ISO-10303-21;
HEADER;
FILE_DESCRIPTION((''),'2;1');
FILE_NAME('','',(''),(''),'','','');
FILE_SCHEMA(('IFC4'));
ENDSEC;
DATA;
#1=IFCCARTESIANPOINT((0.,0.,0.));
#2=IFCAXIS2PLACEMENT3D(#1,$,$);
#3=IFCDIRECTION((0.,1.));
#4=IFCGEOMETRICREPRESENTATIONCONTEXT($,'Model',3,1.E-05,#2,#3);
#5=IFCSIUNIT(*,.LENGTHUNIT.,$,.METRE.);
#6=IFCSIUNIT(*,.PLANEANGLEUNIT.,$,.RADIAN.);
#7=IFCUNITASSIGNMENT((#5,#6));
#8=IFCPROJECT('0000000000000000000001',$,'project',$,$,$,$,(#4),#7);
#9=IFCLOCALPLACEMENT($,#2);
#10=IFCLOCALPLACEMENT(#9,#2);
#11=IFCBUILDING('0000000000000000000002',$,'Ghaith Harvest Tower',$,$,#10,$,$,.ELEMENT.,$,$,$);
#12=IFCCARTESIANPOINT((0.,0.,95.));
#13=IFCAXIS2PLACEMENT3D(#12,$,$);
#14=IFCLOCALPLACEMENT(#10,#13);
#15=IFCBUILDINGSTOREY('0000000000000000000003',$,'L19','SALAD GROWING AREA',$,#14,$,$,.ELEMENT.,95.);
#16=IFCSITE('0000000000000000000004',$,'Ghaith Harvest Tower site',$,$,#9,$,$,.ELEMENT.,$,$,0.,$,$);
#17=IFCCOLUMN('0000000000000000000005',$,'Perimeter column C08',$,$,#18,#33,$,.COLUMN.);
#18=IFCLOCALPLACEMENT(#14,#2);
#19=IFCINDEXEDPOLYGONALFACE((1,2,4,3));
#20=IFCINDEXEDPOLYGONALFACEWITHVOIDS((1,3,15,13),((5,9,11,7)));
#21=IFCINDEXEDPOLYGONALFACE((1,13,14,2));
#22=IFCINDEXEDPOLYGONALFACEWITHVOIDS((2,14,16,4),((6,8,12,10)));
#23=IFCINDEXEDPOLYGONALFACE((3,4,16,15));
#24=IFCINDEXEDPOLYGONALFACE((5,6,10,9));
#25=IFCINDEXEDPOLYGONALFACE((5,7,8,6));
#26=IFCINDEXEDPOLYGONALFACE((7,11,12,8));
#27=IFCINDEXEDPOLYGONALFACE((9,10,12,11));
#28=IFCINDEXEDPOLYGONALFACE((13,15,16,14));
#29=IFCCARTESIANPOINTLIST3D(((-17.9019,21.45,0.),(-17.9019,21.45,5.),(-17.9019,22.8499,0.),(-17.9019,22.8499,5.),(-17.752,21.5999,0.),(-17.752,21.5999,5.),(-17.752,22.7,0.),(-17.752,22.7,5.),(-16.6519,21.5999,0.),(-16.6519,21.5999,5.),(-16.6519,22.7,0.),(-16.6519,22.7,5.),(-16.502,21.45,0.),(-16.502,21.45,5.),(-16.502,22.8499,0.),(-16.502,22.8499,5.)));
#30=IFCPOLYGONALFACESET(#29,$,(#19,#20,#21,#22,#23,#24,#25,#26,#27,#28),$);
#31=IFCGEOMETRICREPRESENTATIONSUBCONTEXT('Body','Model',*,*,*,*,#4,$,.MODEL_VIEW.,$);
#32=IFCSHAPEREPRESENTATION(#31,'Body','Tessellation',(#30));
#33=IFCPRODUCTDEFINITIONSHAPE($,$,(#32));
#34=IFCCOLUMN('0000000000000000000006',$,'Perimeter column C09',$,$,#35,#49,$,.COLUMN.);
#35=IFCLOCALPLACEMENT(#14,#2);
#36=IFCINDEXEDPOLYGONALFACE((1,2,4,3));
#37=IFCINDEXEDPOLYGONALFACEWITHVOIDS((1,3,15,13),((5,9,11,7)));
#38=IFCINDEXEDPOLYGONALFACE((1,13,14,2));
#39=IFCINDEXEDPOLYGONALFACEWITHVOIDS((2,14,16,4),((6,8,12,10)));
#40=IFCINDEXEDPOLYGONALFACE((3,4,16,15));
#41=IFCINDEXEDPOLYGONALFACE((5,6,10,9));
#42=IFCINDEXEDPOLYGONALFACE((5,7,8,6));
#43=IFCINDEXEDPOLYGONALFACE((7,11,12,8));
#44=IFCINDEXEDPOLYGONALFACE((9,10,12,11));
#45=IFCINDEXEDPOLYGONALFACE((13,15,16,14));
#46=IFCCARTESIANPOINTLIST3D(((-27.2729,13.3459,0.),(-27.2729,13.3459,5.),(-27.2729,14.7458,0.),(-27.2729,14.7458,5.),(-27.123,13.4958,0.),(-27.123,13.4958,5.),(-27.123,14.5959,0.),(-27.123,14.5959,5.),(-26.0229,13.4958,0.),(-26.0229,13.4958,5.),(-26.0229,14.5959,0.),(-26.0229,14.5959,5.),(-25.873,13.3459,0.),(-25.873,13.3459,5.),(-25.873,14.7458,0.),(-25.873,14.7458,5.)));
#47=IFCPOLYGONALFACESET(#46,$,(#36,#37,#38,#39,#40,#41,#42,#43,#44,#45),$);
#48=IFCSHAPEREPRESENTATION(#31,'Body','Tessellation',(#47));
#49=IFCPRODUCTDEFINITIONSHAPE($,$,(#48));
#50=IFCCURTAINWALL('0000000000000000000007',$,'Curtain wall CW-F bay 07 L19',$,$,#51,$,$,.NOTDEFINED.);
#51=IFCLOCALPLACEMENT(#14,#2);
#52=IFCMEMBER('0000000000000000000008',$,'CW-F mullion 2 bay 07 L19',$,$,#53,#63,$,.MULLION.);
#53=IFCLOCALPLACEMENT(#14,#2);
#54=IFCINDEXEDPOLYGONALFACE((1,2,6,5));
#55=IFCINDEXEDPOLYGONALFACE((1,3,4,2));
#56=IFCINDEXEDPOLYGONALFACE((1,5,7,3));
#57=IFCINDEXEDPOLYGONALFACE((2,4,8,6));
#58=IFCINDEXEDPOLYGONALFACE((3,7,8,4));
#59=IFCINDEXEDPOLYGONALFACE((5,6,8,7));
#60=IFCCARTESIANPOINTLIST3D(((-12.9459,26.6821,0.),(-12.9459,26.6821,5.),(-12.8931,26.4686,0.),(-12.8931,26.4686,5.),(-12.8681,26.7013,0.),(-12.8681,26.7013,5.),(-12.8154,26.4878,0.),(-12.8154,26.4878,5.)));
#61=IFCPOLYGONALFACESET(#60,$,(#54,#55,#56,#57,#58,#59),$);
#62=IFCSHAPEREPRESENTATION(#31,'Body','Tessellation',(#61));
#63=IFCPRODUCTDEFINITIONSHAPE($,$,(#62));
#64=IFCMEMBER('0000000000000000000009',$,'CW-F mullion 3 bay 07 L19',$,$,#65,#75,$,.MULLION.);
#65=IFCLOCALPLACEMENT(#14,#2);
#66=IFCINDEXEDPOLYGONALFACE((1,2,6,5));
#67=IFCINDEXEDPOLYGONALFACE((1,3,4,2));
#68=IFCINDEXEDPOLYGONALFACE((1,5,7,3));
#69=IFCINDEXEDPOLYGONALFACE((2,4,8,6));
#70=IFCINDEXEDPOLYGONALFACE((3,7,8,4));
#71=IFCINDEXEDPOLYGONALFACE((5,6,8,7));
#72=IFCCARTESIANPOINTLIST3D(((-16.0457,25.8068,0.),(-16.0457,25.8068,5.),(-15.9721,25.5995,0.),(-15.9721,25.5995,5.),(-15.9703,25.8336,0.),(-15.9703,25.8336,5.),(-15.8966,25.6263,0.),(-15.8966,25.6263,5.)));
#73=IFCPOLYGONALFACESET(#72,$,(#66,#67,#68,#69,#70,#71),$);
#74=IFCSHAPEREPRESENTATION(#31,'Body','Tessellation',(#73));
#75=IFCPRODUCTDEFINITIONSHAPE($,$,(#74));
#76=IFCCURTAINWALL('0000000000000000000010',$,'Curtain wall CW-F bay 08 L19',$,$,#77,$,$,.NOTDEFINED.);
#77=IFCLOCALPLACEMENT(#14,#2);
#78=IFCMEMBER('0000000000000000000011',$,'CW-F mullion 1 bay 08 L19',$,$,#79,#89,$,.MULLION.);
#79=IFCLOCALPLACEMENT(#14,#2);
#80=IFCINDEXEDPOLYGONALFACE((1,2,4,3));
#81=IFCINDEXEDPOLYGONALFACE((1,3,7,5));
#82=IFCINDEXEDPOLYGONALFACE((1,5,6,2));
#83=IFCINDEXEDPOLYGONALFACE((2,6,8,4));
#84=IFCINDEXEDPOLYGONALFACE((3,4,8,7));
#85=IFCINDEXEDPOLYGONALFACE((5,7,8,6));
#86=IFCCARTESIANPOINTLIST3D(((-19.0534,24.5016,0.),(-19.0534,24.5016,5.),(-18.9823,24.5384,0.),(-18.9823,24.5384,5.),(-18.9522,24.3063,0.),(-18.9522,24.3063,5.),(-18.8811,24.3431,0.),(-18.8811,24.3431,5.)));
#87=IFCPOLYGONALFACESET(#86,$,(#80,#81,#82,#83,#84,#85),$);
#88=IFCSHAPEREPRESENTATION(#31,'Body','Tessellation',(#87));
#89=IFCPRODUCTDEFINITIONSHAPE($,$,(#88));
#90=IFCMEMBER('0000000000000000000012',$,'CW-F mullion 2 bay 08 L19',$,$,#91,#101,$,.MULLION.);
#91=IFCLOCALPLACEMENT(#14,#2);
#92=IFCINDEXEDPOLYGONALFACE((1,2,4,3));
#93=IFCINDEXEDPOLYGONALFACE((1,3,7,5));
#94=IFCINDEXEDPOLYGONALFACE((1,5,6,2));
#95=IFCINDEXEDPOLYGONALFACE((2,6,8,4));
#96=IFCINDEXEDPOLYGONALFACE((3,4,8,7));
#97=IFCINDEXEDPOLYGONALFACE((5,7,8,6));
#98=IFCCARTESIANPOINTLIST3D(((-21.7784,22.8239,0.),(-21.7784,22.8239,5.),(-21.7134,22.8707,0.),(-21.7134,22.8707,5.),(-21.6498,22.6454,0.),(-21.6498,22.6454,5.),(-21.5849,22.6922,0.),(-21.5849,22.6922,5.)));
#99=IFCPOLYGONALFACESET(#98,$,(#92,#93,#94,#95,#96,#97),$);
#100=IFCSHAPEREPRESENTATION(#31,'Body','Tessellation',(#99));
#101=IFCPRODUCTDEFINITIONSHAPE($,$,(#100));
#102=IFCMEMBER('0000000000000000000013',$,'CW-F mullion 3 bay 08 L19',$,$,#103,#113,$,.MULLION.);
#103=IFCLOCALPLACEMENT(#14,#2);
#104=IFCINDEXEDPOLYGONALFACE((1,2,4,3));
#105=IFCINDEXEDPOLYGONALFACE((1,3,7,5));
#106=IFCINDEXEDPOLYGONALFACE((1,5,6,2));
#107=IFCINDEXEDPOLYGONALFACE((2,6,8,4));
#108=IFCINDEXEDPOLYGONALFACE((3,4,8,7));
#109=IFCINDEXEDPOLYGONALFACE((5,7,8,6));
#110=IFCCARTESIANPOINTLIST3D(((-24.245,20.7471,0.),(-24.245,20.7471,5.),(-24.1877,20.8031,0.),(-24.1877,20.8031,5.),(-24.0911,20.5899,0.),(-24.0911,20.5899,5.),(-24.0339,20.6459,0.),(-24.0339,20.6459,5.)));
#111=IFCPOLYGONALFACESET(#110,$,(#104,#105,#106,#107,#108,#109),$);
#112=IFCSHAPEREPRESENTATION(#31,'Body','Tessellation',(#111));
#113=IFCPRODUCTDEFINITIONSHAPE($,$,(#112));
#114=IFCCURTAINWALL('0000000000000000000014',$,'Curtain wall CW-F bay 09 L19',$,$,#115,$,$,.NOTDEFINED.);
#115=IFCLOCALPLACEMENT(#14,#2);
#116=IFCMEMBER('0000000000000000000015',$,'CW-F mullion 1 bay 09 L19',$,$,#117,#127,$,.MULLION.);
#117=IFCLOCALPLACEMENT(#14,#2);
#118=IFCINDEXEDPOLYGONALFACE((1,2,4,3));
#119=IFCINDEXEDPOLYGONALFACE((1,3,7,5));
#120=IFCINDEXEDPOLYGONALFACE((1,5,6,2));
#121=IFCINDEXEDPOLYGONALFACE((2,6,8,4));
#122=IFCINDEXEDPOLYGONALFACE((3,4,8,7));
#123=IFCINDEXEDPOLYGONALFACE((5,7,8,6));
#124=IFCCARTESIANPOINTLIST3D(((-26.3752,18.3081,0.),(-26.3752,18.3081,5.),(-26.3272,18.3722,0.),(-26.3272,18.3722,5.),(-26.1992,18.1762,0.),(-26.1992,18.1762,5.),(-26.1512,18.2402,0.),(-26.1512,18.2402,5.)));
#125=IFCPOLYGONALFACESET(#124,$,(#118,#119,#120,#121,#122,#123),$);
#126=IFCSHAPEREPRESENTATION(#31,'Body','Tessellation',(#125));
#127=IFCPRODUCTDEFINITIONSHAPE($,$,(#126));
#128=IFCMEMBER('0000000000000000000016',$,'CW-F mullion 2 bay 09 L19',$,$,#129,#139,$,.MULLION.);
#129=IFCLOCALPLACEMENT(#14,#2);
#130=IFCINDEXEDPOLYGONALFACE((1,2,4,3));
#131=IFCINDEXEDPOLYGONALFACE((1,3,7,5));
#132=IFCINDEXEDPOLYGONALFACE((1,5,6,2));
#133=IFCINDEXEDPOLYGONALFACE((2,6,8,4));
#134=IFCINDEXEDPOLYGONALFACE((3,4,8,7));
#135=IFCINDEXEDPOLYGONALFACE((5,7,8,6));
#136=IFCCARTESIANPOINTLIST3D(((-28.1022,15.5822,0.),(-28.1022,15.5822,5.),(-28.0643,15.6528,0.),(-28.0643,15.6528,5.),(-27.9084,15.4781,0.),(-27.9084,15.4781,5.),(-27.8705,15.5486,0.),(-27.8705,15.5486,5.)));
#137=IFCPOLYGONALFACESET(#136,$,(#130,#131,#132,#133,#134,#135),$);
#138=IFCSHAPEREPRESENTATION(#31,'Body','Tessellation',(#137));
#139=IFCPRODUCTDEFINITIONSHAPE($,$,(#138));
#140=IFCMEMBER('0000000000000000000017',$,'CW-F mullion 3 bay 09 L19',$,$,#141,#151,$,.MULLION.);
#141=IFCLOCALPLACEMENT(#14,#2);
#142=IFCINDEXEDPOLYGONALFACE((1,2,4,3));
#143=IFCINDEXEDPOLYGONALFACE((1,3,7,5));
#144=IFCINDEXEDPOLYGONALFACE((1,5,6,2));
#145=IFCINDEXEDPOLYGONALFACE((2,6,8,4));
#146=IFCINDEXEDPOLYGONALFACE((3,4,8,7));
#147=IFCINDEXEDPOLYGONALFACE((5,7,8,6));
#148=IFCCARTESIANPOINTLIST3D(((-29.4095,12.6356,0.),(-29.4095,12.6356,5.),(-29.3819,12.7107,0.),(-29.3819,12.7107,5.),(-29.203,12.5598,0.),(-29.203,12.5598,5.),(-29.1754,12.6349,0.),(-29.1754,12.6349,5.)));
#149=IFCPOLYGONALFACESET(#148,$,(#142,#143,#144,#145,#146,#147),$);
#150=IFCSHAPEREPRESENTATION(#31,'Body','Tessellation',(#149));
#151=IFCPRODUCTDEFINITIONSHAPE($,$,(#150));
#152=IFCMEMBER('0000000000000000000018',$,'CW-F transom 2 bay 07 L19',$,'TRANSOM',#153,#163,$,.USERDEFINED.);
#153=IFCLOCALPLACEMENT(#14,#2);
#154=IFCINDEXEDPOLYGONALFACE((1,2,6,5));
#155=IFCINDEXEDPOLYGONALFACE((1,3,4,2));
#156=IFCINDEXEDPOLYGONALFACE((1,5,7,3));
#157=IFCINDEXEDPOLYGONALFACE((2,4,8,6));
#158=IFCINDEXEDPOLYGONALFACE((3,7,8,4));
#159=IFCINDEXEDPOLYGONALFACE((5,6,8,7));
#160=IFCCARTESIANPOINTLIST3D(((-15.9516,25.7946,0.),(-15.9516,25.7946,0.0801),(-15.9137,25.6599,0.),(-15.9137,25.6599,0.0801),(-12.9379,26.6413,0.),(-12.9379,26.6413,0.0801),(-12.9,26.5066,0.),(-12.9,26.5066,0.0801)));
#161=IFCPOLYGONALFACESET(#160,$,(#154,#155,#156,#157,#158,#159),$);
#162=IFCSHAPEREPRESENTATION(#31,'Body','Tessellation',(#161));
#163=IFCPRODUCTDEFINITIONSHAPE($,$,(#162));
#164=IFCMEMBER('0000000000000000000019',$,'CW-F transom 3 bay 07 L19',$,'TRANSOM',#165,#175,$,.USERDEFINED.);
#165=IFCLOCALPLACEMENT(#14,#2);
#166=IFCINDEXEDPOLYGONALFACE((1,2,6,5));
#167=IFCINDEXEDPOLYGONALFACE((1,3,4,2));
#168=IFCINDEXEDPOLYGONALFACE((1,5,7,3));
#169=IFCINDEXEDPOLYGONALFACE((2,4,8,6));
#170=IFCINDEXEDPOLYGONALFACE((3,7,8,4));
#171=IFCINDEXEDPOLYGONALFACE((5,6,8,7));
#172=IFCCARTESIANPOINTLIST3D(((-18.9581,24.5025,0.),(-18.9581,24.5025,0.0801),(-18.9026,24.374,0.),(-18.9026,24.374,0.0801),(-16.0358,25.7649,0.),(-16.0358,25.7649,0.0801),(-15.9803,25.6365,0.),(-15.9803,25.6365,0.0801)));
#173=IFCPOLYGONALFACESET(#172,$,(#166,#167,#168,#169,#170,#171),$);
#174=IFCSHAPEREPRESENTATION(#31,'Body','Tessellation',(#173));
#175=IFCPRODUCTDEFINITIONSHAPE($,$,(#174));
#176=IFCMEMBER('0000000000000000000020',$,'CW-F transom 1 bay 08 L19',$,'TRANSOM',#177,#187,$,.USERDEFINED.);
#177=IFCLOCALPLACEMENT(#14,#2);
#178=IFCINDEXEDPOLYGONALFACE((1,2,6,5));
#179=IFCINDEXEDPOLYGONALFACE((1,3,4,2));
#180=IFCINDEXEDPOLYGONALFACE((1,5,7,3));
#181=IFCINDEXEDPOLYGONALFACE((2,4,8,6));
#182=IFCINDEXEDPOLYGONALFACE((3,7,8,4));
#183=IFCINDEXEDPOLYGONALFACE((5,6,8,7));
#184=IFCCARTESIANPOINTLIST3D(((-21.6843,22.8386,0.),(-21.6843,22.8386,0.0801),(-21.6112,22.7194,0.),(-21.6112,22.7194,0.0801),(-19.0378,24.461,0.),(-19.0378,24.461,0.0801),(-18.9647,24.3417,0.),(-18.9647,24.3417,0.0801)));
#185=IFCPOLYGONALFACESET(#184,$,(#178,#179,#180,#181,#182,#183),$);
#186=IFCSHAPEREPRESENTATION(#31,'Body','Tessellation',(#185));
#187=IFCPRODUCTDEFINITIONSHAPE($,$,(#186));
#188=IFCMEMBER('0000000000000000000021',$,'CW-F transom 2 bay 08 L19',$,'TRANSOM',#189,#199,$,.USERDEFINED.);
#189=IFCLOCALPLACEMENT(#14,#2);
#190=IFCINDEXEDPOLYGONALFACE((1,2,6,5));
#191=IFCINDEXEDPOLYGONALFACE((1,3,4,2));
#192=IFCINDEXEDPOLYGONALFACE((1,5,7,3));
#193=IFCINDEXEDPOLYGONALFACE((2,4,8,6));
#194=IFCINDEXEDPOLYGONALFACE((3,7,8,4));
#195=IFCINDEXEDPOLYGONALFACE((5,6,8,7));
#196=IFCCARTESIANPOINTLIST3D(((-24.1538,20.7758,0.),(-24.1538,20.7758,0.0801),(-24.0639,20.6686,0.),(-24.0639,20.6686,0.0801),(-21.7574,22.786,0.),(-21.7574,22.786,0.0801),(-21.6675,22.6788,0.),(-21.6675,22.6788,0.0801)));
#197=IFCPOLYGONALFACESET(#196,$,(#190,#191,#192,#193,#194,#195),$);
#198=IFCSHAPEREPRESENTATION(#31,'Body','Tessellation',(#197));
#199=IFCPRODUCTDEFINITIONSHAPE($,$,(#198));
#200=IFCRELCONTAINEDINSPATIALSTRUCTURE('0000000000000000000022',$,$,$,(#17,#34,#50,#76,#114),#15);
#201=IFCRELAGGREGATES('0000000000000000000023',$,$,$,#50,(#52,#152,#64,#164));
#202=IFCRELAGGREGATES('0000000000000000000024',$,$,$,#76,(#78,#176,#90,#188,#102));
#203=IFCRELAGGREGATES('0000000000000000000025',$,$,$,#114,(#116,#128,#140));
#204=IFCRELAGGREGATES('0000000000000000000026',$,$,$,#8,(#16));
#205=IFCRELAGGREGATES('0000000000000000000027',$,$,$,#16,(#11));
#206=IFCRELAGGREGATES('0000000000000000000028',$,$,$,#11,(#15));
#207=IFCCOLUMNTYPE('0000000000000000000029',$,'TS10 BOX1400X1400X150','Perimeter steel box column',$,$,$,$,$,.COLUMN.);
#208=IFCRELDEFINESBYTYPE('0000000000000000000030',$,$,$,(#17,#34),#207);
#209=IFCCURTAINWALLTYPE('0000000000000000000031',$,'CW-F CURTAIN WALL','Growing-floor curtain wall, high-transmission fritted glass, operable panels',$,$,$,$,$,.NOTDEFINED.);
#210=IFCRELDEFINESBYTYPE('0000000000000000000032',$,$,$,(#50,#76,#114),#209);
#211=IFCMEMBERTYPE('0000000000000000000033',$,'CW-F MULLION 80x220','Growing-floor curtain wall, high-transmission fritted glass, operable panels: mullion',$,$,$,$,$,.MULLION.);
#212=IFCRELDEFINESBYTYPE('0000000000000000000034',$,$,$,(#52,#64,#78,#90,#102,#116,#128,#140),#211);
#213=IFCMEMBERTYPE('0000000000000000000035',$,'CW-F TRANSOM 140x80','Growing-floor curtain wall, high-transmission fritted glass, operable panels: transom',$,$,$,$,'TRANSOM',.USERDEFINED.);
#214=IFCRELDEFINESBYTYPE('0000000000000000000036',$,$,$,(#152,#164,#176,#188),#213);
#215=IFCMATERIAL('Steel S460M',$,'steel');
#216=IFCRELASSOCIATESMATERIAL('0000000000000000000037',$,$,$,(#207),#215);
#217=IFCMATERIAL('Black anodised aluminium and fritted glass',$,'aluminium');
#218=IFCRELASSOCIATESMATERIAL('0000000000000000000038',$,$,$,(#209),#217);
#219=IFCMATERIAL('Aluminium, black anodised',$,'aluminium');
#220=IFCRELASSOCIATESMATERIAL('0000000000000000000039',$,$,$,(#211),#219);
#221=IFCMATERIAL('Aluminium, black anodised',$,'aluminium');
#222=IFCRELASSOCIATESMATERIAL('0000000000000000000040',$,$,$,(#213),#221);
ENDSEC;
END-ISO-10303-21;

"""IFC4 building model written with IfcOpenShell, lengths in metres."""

from ifc_helpers import new_model, si_unit, direction, frame, origin, origin_2d, place, context, subcontext, project, spatial, rectangle, hollow_rectangle, extrude, material, material_profile, profile_set, type_object, element, aggregate, save


model = new_model("IFC4")

# Units and contexts
model_context = context("Model", 3, precision=1e-05, world=origin(), true_north=direction((0.0, 1.0)))
body_context = subcontext(model_context, "Body", "Model", "MODEL_VIEW")
ifc_project = project(units=[si_unit("LENGTHUNIT", "METRE"), si_unit("PLANEANGLEUNIT", "RADIAN")], contexts=[model_context])

# Site, building, storey
site_placement = place(None, origin())
site = spatial("IfcSite", under=ifc_project, at=site_placement, Name="Ghaith Harvest Tower site", CompositionType="ELEMENT", RefElevation=0.0)
building_placement = place(site_placement, origin())
building = spatial("IfcBuilding", under=site, at=building_placement, Name="Ghaith Harvest Tower", CompositionType="ELEMENT")
storey_placement = place(building_placement, frame((0.0, 0.0, 95.0)))
storey = spatial("IfcBuildingStorey", under=building, at=storey_placement, Name="L19", Description="SALAD GROWING AREA", CompositionType="ELEMENT", Elevation=95.0)

# Columns
ifc_material_1 = material(Name="Steel S460M", Category="steel")
ifc_material_profile_1 = material_profile(ifc_material_1, hollow_rectangle(XDim=1.3999, YDim=1.3999, WallThickness=0.1499, at=origin_2d()), Name="BOX1400X1400X150")
ifc_profile_set_1 = profile_set([ifc_material_profile_1], Name="Steel S460M")
column_type = type_object("IfcColumnType", Name="TS10 BOX1400X1400X150", Description="Perimeter steel box column", PredefinedType="COLUMN", material=ifc_profile_set_1)
for number, where, z_axis, x_axis, name in (
    (1, (-17.2019, 22.1499, 0.0), (0.0, 0.0, 1.0), (1.0, 0.0, 0.0), "Perimeter column C08"),
    (2, (-26.573, 14.0459, 0.0), (0.0, 0.0, 1.0), (1.0, 0.0, 0.0), "Perimeter column C09"),
):
    element("IfcColumn", number, at=place(storey_placement, frame(where, z_axis=z_axis, x_axis=x_axis)), inside=storey, type_object=column_type, Name=name, PredefinedType="COLUMN", context=body_context, shape_type="SweptSolid", body=[
        extrude(hollow_rectangle(XDim=1.3999, YDim=1.3999, WallThickness=0.1499, at=origin_2d()), origin(), (0.0, 0.0, 1.0), 5.0),
    ])

# Curtain walls, members
ifc_material_2 = material(Name="Black anodised aluminium and fritted glass", Category="aluminium")
curtain_wall_type = type_object("IfcCurtainWallType", Name="CW-F CURTAIN WALL", Description="Growing-floor curtain wall, high-transmission fritted glass, operable panels", PredefinedType="NOTDEFINED", material=ifc_material_2)
curtain_wall_1_placement = place(storey_placement, origin())
curtain_wall_1 = element("IfcCurtainWall", 3, at=curtain_wall_1_placement, inside=storey, type_object=curtain_wall_type, Name="Curtain wall CW-F bay 07 L19", PredefinedType="NOTDEFINED")
ifc_material_3 = material(Name="Aluminium, black anodised", Category="aluminium")
ifc_material_profile_2 = material_profile(ifc_material_3, rectangle(XDim=0.0801, YDim=0.22, at=origin_2d()), Name="CW-F MULLION 80x220")
ifc_profile_set_2 = profile_set([ifc_material_profile_2], Name="Aluminium, black anodised")
member_type_1 = type_object("IfcMemberType", Name="CW-F MULLION 80x220", Description="Growing-floor curtain wall, high-transmission fritted glass, operable panels: mullion", PredefinedType="MULLION", material=ifc_profile_set_2)
member_1_placement = place(storey_placement, frame((-12.8806, 26.585, 0.0), z_axis=(0.0, 0.0, 1.0), x_axis=(-0.970825, -0.239791, 0.0)))
member_1 = element("IfcMember", 4, at=member_1_placement, type_object=member_type_1, Name="CW-F mullion 2 bay 07 L19", PredefinedType="MULLION", context=body_context, shape_type="SweptSolid", body=[
    extrude(rectangle(XDim=0.0801, YDim=0.22, at=origin_2d()), origin(), (0.0, 0.0, 1.0), 5.0),
])
member_2_placement = place(storey_placement, frame((-15.9712, 25.7166, 0.0), z_axis=(0.0, 0.0, 1.0), x_axis=(-0.942294, -0.334788, 0.0)))
member_2 = element("IfcMember", 5, at=member_2_placement, type_object=member_type_1, Name="CW-F mullion 3 bay 07 L19", PredefinedType="MULLION", context=body_context, shape_type="SweptSolid", body=[
    extrude(rectangle(XDim=0.0801, YDim=0.22, at=origin_2d()), origin(), (0.0, 0.0, 1.0), 5.0),
])
curtain_wall_2_placement = place(storey_placement, origin())
curtain_wall_2 = element("IfcCurtainWall", 6, at=curtain_wall_2_placement, inside=storey, type_object=curtain_wall_type, Name="Curtain wall CW-F bay 08 L19", PredefinedType="NOTDEFINED")
member_3_placement = place(storey_placement, frame((-18.9673, 24.4224, 0.0), z_axis=(0.0, 0.0, 1.0), x_axis=(-0.887912, -0.460013, 0.0)))
member_3 = element("IfcMember", 7, at=member_3_placement, type_object=member_type_1, Name="CW-F mullion 1 bay 08 L19", PredefinedType="MULLION", context=body_context, shape_type="SweptSolid", body=[
    extrude(rectangle(XDim=0.0801, YDim=0.22, at=origin_2d()), origin(), (0.0, 0.0, 1.0), 5.0),
])
member_4_placement = place(storey_placement, frame((-21.6816, 22.7581, 0.0), z_axis=(0.0, 0.0, 1.0), x_axis=(-0.811401, -0.58449, 0.0)))
member_4 = element("IfcMember", 8, at=member_4_placement, type_object=member_type_1, Name="CW-F mullion 2 bay 08 L19", PredefinedType="MULLION", context=body_context, shape_type="SweptSolid", body=[
    extrude(rectangle(XDim=0.0801, YDim=0.22, at=origin_2d()), origin(), (0.0, 0.0, 1.0), 5.0),
])
member_5_placement = place(storey_placement, frame((-24.1394, 20.6965, 0.0), z_axis=(0.0, 0.0, 1.0), x_axis=(-0.714663, -0.699469, 0.0)))
member_5 = element("IfcMember", 9, at=member_5_placement, type_object=member_type_1, Name="CW-F mullion 3 bay 08 L19", PredefinedType="MULLION", context=body_context, shape_type="SweptSolid", body=[
    extrude(rectangle(XDim=0.0801, YDim=0.22, at=origin_2d()), origin(), (0.0, 0.0, 1.0), 5.0),
])
curtain_wall_3_placement = place(storey_placement, origin())
curtain_wall_3 = element("IfcCurtainWall", 10, at=curtain_wall_3_placement, inside=storey, type_object=curtain_wall_type, Name="Curtain wall CW-F bay 09 L19", PredefinedType="NOTDEFINED")
member_6_placement = place(storey_placement, frame((-26.2632, 18.2742, 0.0), z_axis=(0.0, 0.0, 1.0), x_axis=(-0.599862, -0.800104, 0.0)))
member_6 = element("IfcMember", 11, at=member_6_placement, type_object=member_type_1, Name="CW-F mullion 1 bay 09 L19", PredefinedType="MULLION", context=body_context, shape_type="SweptSolid", body=[
    extrude(rectangle(XDim=0.0801, YDim=0.22, at=origin_2d()), origin(), (0.0, 0.0, 1.0), 5.0),
])
member_7_placement = place(storey_placement, frame((-27.9863, 15.5654, 0.0), z_axis=(0.0, 0.0, 1.0), x_axis=(-0.473265, -0.88092, 0.0)))
member_7 = element("IfcMember", 12, at=member_7_placement, type_object=member_type_1, Name="CW-F mullion 2 bay 09 L19", PredefinedType="MULLION", context=body_context, shape_type="SweptSolid", body=[
    extrude(rectangle(XDim=0.0801, YDim=0.22, at=origin_2d()), origin(), (0.0, 0.0, 1.0), 5.0),
])
member_8_placement = place(storey_placement, frame((-29.2925, 12.6353, 0.0), z_axis=(0.0, 0.0, 1.0), x_axis=(-0.344618, -0.938743, 0.0)))
member_8 = element("IfcMember", 13, at=member_8_placement, type_object=member_type_1, Name="CW-F mullion 3 bay 09 L19", PredefinedType="MULLION", context=body_context, shape_type="SweptSolid", body=[
    extrude(rectangle(XDim=0.0801, YDim=0.22, at=origin_2d()), origin(), (0.0, 0.0, 1.0), 5.0),
])

# Members
ifc_material_4 = material(Name="Aluminium, black anodised", Category="aluminium")
ifc_material_profile_3 = material_profile(ifc_material_4, rectangle(XDim=0.1399, YDim=0.0801, at=origin_2d()), Name="CW-F TRANSOM 140x80")
ifc_profile_set_3 = profile_set([ifc_material_profile_3], Name="Aluminium, black anodised")
member_type_2 = type_object("IfcMemberType", Name="CW-F TRANSOM 140x80", Description="Growing-floor curtain wall, high-transmission fritted glass, operable panels: transom", ElementType="TRANSOM", PredefinedType="USERDEFINED", material=ifc_profile_set_3)
member_9_placement = place(storey_placement, frame((-12.9189, 26.574, 0.04), z_axis=(-0.962727, -0.270475, 0.0), x_axis=(0.270475, -0.962727, 0.0)))
member_9 = element("IfcMember", 14, at=member_9_placement, type_object=member_type_2, Name="CW-F transom 2 bay 07 L19", ObjectType="TRANSOM", PredefinedType="USERDEFINED", context=body_context, shape_type="SweptSolid", body=[
    extrude(rectangle(XDim=0.1399, YDim=0.0801, at=origin_2d()), origin(), (0.0, 0.0, 1.0), 3.1304),
])
member_10_placement = place(storey_placement, frame((-16.0081, 25.7007, 0.04), z_axis=(-0.918003, -0.396574, 0.0), x_axis=(0.396574, -0.918003, 0.0)))
member_10 = element("IfcMember", 15, at=member_10_placement, type_object=member_type_2, Name="CW-F transom 3 bay 07 L19", ObjectType="TRANSOM", PredefinedType="USERDEFINED", context=body_context, shape_type="SweptSolid", body=[
    extrude(rectangle(XDim=0.1399, YDim=0.0801, at=origin_2d()), origin(), (0.0, 0.0, 1.0), 3.1833),
])
member_11_placement = place(storey_placement, frame((-19.0012, 24.4014, 0.04), z_axis=(-0.852562, -0.522627, 0.0), x_axis=(0.522627, -0.852562, 0.0)))
member_11 = element("IfcMember", 16, at=member_11_placement, type_object=member_type_2, Name="CW-F transom 1 bay 08 L19", ObjectType="TRANSOM", PredefinedType="USERDEFINED", context=body_context, shape_type="SweptSolid", body=[
    extrude(rectangle(XDim=0.1399, YDim=0.0801, at=origin_2d()), origin(), (0.0, 0.0, 1.0), 3.1042),
])
member_12_placement = place(storey_placement, frame((-21.7124, 22.7324, 0.04), z_axis=(-0.766144, -0.642668, 0.0), x_axis=(0.642668, -0.766144, 0.0)))
member_12 = element("IfcMember", 17, at=member_12_placement, type_object=member_type_2, Name="CW-F transom 2 bay 08 L19", ObjectType="TRANSOM", PredefinedType="USERDEFINED", context=body_context, shape_type="SweptSolid", body=[
    extrude(rectangle(XDim=0.1399, YDim=0.0801, at=origin_2d()), origin(), (0.0, 0.0, 1.0), 3.1279),
])

aggregate(curtain_wall_1, [member_1, member_9, member_2, member_10])
aggregate(curtain_wall_2, [member_3, member_11, member_4, member_12, member_5])
aggregate(curtain_wall_3, [member_6, member_7, member_8])

save(model, "model.ifc")
